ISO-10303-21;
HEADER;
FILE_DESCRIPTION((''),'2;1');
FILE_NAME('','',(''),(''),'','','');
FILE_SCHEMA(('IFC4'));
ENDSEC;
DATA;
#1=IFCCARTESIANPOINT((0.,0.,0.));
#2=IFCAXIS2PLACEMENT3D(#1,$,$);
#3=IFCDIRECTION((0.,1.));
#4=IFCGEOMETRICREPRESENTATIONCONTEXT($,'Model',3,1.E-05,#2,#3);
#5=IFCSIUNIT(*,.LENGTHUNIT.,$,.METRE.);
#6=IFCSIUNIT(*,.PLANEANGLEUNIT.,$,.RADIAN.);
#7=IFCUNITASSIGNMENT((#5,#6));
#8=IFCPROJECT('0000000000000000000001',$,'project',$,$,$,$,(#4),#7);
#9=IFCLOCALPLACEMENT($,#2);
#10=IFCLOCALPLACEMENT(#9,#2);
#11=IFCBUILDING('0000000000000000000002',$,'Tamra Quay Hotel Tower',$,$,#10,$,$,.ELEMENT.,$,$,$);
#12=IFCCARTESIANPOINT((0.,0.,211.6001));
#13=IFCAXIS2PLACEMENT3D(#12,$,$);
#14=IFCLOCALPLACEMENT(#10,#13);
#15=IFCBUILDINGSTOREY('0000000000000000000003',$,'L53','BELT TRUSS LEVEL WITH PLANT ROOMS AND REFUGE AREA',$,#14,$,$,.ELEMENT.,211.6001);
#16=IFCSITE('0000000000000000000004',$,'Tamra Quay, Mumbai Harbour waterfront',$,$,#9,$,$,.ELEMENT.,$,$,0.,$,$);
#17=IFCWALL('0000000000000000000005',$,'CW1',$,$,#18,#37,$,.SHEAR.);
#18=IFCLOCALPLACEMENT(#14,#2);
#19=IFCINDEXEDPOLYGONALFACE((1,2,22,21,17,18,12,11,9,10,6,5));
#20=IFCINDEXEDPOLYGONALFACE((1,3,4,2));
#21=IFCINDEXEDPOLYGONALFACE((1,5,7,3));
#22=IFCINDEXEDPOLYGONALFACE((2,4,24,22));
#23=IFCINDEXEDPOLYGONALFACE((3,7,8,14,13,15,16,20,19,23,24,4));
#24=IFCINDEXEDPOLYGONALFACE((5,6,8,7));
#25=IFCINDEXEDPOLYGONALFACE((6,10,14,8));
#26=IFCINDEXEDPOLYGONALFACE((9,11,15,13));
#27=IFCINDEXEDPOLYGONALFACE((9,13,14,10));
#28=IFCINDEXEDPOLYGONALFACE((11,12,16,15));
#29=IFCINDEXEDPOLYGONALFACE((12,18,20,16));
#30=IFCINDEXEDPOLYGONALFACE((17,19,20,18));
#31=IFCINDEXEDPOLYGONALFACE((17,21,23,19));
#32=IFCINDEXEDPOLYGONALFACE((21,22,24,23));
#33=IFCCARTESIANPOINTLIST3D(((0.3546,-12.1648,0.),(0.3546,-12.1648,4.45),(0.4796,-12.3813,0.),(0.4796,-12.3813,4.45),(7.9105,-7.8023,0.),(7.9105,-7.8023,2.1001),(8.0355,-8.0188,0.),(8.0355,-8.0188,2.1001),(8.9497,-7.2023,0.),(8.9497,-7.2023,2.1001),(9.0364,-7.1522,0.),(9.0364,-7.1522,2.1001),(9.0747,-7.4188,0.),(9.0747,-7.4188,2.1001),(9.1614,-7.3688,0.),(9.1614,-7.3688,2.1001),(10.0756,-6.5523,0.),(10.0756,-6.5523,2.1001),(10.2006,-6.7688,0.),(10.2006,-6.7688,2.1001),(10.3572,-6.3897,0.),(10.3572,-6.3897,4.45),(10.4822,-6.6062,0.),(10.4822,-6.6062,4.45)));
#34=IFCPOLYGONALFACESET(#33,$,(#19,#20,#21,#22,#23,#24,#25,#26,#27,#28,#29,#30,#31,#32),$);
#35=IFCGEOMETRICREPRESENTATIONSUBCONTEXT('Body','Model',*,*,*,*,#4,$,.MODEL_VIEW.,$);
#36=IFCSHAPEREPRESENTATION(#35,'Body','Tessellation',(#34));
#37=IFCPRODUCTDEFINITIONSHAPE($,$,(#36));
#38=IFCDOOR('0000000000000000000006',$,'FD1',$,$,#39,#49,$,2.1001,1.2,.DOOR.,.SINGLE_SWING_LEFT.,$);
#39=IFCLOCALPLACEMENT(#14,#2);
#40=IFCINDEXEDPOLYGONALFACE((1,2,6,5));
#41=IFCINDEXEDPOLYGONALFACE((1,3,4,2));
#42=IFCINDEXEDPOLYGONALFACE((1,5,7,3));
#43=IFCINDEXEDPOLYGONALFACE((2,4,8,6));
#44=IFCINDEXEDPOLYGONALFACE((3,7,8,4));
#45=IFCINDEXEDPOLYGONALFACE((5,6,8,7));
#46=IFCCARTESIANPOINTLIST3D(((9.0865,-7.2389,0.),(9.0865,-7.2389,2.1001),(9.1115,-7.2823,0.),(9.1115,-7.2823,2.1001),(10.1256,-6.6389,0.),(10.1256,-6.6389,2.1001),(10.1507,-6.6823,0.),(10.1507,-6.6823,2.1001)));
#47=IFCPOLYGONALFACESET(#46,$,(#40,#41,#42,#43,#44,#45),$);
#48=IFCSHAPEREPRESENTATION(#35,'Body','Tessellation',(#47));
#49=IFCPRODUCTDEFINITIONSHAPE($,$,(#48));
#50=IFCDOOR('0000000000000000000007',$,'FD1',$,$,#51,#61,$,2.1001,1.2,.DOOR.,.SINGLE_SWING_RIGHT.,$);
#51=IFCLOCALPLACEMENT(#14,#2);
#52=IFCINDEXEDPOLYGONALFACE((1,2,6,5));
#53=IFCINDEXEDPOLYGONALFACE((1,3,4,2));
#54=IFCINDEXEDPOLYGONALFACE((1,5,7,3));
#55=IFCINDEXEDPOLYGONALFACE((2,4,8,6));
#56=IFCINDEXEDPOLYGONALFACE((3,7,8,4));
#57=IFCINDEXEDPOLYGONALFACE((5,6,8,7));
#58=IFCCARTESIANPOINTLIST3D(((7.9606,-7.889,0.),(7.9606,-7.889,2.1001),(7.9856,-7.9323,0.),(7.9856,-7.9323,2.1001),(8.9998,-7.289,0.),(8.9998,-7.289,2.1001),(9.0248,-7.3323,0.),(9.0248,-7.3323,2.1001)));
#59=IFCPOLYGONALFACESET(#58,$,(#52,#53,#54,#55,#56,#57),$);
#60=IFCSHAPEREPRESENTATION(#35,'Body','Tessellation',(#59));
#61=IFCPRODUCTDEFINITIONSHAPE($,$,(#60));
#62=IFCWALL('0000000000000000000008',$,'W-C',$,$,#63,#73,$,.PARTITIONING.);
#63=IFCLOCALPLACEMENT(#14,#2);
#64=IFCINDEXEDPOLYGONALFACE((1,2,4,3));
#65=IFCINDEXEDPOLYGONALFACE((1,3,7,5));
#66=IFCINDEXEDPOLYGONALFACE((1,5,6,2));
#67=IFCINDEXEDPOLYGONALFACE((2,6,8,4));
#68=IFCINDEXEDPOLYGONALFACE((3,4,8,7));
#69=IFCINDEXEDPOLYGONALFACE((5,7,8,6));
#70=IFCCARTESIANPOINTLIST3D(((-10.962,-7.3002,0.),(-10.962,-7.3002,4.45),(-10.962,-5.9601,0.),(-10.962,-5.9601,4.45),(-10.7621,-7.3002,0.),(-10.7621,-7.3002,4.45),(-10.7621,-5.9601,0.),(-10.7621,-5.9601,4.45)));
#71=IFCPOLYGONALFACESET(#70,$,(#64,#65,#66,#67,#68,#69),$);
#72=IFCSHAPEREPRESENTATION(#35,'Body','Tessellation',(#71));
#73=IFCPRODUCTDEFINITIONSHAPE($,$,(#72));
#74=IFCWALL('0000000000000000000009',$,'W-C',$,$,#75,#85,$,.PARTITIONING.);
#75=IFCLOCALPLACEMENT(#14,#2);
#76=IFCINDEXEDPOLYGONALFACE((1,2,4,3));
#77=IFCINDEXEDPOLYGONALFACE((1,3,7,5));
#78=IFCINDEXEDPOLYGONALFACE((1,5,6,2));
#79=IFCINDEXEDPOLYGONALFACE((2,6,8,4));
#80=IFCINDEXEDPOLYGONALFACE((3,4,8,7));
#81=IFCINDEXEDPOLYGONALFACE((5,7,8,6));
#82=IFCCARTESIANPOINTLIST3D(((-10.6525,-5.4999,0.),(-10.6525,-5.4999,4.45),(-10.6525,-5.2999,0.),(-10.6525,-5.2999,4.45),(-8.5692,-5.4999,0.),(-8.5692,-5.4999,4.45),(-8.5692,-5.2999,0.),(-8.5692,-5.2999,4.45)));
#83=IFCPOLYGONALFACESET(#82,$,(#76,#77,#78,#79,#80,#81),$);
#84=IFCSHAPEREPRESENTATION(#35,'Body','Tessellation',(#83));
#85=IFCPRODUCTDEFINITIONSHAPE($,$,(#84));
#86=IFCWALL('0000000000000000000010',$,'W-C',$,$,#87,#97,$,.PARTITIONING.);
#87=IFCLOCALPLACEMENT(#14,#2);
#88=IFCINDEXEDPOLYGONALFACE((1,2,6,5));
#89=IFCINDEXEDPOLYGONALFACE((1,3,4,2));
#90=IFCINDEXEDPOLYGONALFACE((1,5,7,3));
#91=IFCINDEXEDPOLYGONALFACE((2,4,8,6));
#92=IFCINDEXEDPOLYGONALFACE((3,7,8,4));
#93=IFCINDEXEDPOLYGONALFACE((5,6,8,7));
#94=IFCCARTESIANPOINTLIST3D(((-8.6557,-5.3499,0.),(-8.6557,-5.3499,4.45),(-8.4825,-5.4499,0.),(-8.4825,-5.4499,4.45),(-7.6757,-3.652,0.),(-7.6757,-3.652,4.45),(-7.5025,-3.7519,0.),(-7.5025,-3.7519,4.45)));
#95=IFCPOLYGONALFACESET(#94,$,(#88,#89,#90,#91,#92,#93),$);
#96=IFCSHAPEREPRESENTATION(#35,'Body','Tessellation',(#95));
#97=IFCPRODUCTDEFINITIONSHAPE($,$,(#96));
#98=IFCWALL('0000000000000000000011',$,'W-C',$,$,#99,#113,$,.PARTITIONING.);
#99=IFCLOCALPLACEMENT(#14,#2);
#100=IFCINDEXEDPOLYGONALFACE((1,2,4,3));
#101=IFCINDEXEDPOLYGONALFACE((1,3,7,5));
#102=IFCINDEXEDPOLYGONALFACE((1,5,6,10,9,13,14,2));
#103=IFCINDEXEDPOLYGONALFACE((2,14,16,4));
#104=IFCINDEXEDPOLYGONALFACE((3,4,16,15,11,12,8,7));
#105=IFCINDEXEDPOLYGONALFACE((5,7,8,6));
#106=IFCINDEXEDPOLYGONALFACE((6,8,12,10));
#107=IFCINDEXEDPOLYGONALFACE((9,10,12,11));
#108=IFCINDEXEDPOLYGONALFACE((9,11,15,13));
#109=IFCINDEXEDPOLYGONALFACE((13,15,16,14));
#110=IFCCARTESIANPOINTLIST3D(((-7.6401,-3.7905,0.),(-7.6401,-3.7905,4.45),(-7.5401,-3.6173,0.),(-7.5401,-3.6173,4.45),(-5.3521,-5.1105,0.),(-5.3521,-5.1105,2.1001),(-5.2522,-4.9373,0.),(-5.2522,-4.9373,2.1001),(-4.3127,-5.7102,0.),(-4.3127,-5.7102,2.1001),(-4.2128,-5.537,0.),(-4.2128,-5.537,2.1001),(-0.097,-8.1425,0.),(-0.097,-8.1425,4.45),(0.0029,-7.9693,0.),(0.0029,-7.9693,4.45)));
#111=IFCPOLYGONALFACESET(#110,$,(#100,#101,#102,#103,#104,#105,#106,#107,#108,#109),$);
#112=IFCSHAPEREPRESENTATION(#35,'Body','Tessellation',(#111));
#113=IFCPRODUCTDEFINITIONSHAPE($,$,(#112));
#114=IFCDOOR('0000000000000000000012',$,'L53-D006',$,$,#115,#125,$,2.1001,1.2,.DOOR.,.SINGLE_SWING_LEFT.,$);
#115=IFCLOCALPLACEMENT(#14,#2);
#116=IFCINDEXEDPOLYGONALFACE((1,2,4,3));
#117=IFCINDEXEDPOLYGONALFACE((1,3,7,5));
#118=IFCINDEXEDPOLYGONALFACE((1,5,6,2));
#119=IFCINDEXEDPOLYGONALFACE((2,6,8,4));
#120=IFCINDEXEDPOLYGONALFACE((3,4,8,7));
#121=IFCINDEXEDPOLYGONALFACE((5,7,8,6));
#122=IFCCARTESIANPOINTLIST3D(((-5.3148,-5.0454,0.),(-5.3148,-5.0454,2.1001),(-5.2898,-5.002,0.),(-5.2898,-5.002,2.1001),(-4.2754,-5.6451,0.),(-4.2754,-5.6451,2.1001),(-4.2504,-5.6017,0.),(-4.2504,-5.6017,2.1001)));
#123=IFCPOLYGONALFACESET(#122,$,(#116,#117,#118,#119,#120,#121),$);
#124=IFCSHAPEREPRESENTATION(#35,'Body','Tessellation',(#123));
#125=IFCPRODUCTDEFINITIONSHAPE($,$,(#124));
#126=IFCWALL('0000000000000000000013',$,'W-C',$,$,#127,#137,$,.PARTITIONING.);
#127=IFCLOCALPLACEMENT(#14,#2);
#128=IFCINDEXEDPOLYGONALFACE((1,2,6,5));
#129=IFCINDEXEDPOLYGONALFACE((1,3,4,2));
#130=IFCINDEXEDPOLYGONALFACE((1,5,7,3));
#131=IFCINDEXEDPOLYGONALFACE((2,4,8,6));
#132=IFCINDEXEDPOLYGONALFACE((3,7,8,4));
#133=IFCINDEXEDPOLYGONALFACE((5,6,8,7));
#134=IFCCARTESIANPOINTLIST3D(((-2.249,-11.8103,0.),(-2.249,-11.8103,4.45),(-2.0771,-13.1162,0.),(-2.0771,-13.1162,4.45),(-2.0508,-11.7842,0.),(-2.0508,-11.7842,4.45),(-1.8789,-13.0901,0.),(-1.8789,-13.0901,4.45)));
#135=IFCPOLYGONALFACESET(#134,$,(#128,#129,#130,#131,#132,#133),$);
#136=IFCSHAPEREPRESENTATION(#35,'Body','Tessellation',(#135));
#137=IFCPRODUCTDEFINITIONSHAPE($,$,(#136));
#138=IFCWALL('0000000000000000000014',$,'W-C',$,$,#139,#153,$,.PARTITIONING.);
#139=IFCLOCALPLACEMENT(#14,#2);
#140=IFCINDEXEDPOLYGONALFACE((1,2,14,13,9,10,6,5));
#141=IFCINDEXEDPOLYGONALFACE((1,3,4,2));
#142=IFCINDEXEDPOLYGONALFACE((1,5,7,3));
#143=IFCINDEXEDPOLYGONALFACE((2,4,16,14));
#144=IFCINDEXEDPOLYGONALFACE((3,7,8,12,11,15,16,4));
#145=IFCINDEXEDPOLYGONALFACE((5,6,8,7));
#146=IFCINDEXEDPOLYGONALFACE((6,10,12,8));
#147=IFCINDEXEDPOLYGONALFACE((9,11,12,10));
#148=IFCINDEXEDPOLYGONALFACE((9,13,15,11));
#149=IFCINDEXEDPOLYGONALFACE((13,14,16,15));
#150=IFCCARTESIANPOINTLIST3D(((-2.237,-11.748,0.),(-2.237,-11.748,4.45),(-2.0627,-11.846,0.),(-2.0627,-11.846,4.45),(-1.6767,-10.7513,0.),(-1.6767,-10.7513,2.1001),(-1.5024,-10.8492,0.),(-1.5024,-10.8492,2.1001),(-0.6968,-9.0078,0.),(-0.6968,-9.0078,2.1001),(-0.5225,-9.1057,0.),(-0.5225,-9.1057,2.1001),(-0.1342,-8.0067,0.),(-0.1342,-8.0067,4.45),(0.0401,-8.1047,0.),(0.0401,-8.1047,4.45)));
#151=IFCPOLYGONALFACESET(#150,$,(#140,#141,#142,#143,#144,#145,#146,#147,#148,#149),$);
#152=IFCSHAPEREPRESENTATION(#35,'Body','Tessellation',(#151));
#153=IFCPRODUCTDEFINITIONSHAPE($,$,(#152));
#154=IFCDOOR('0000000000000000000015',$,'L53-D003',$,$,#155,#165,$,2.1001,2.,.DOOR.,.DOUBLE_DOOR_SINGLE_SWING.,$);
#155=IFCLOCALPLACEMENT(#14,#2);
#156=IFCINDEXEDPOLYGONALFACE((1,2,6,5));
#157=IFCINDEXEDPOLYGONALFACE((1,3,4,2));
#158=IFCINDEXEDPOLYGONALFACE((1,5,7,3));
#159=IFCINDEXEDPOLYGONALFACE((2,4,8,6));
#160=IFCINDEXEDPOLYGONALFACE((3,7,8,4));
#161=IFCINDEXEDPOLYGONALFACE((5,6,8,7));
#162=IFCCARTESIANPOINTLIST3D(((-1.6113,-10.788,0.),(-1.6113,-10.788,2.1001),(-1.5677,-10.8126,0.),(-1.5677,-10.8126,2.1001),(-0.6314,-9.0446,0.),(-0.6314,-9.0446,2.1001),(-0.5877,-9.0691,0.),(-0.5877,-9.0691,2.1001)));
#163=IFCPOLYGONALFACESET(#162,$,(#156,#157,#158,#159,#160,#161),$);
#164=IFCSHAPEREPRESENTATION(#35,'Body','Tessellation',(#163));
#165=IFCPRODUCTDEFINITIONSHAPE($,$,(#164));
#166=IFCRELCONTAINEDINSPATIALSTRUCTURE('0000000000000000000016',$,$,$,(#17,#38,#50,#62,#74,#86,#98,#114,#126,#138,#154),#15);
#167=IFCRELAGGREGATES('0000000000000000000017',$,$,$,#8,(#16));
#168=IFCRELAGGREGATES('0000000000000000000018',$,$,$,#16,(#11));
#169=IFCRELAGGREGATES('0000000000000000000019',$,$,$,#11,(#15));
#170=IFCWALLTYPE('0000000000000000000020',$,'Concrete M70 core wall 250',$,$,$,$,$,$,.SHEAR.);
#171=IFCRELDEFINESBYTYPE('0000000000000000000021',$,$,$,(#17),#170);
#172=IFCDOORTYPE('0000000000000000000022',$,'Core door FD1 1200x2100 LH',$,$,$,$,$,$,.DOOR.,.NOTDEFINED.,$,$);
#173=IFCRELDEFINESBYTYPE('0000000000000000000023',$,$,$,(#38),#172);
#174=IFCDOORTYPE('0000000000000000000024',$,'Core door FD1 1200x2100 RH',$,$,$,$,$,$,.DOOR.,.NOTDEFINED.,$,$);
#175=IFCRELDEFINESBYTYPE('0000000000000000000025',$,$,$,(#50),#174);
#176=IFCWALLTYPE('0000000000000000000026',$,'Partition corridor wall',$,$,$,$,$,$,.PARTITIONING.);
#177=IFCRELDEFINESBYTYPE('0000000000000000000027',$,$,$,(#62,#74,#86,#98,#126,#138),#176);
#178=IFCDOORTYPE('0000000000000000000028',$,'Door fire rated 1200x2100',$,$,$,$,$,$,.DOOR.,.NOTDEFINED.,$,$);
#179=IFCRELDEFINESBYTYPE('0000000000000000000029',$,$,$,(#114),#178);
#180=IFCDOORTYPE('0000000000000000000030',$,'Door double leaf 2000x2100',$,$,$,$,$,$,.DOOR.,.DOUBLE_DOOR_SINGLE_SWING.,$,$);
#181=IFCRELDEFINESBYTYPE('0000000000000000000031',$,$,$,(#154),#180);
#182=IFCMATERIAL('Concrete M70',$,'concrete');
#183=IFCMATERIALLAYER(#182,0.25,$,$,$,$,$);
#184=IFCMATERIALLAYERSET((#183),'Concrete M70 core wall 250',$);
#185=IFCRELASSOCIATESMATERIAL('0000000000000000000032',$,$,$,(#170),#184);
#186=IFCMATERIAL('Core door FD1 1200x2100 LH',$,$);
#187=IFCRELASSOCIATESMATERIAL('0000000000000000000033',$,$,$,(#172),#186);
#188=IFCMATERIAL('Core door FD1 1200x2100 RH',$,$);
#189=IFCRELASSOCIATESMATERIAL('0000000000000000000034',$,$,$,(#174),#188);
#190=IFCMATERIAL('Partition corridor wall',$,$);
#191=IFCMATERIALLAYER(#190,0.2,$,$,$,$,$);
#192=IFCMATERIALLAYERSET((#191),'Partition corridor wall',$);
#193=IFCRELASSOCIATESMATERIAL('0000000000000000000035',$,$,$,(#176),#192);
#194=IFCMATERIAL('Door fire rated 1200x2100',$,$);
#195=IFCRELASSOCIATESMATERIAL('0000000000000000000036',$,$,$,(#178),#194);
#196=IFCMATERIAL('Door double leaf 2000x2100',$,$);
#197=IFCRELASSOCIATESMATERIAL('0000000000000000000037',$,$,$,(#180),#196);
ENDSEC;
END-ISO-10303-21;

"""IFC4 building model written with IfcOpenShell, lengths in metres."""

from ifc_helpers import new_model, si_unit, direction, frame, frame_2d, origin, place, context, subcontext, project, spatial, rectangle, extrude, material, layer, layer_set, type_object, element, fill, save


model = new_model("IFC4")

# Units and contexts
model_context = context("Model", 3, precision=1e-05, world=origin(), true_north=direction((0.0, 1.0)))
body_context = subcontext(model_context, "Body", "Model", "MODEL_VIEW")
ifc_project = project(units=[si_unit("LENGTHUNIT", "METRE"), si_unit("PLANEANGLEUNIT", "RADIAN")], contexts=[model_context])

# Site, building, storey
site_placement = place(None, origin())
site = spatial("IfcSite", under=ifc_project, at=site_placement, Name="Tamra Quay, Mumbai Harbour waterfront", CompositionType="ELEMENT", RefElevation=0.0)
building_placement = place(site_placement, origin())
building = spatial("IfcBuilding", under=site, at=building_placement, Name="Tamra Quay Hotel Tower", CompositionType="ELEMENT")
storey_placement = place(building_placement, frame((0.0, 0.0, 211.6001)))
storey = spatial("IfcBuildingStorey", under=building, at=storey_placement, Name="L53", Description="BELT TRUSS LEVEL WITH PLANT ROOMS AND REFUGE AREA", CompositionType="ELEMENT", Elevation=211.6001)

# Wall, openings, doors
ifc_material_1 = material(Name="Concrete M70", Category="concrete")
ifc_layer_1 = layer(ifc_material_1, 0.25)
ifc_layer_set_1 = layer_set([ifc_layer_1], Name="Concrete M70 core wall 250")
wall_type_1 = type_object("IfcWallType", Name="Concrete M70 core wall 250", PredefinedType="SHEAR", material=ifc_layer_set_1)
wall_1_placement = place(storey_placement, frame((0.4172, -12.2729, 0.0), z_axis=(0.0, 0.0, 1.0), x_axis=(0.866022, 0.500006, 0.0)))
wall_1 = element("IfcWall", 1, at=wall_1_placement, inside=storey, type_object=wall_type_1, Name="CW1", PredefinedType="SHEAR", context=body_context, shape_type="SweptSolid", body=[
    extrude(rectangle(XDim=11.55, YDim=0.25, at=frame_2d((5.7749, 0.0))), origin(), (0.0, 0.0, 1.0), 4.45),
])
opening_1_placement = place(wall_1_placement, frame((10.0247, 0.0, 0.0)))
opening_1 = element("IfcOpeningElement", 2, at=opening_1_placement, cuts=wall_1, PredefinedType="OPENING", context=body_context, shape_type="SweptSolid", body=[
    extrude(rectangle(XDim=1.2, YDim=2.1001, at=frame_2d((0.6001, 1.05))), frame((0.0, 0.135, 0.0), z_axis=(0.0, -1.0, 0.0), x_axis=(1.0, 0.0, 0.0)), (0.0, 0.0, 1.0), 0.27),
])
opening_2_placement = place(wall_1_placement, frame((8.7246, 0.0, 0.0)))
opening_2 = element("IfcOpeningElement", 3, at=opening_2_placement, cuts=wall_1, PredefinedType="OPENING", context=body_context, shape_type="SweptSolid", body=[
    extrude(rectangle(XDim=1.2, YDim=2.1001, at=frame_2d((0.6001, 1.05))), frame((0.0, 0.135, 0.0), z_axis=(0.0, -1.0, 0.0), x_axis=(1.0, 0.0, 0.0)), (0.0, 0.0, 1.0), 0.27),
])
ifc_material_2 = material(Name="Core door FD1 1200x2100 LH")
door_type_1 = type_object("IfcDoorType", Name="Core door FD1 1200x2100 LH", OperationType="NOTDEFINED", PredefinedType="DOOR", material=ifc_material_2)
door_1_placement = place(opening_1_placement, origin())
door_1 = element("IfcDoor", 4, at=door_1_placement, inside=storey, type_object=door_type_1, Name="FD1", OperationType="SINGLE_SWING_LEFT", OverallHeight=2.1001, OverallWidth=1.2, PredefinedType="DOOR", context=body_context, shape_type="SweptSolid", body=[
    extrude(rectangle(XDim=1.2, YDim=2.1001, at=frame_2d((0.6001, 1.05))), frame((0.0, 0.0249, 0.0), z_axis=(0.0, -1.0, 0.0), x_axis=(1.0, 0.0, 0.0)), (0.0, 0.0, 1.0), 0.05),
])
fill(opening_1, door_1)
ifc_material_3 = material(Name="Core door FD1 1200x2100 RH")
door_type_2 = type_object("IfcDoorType", Name="Core door FD1 1200x2100 RH", OperationType="NOTDEFINED", PredefinedType="DOOR", material=ifc_material_3)
door_2_placement = place(opening_2_placement, origin())
door_2 = element("IfcDoor", 5, at=door_2_placement, inside=storey, type_object=door_type_2, Name="FD1", OperationType="SINGLE_SWING_RIGHT", OverallHeight=2.1001, OverallWidth=1.2, PredefinedType="DOOR", context=body_context, shape_type="SweptSolid", body=[
    extrude(rectangle(XDim=1.2, YDim=2.1001, at=frame_2d((0.6001, 1.05))), frame((0.0, 0.0249, 0.0), z_axis=(0.0, -1.0, 0.0), x_axis=(1.0, 0.0, 0.0)), (0.0, 0.0, 1.0), 0.05),
])
fill(opening_2, door_2)

# Walls
ifc_material_4 = material(Name="Partition corridor wall")
ifc_layer_2 = layer(ifc_material_4, 0.2)
ifc_layer_set_2 = layer_set([ifc_layer_2], Name="Partition corridor wall")
wall_type_2 = type_object("IfcWallType", Name="Partition corridor wall", PredefinedType="PARTITIONING", material=ifc_layer_set_2)
wall_2_placement = place(storey_placement, frame((-10.8621, -7.3, 0.0), z_axis=(0.0, 0.0, 1.0), x_axis=(0.0, 1.0, 0.0)))
element("IfcWall", 6, at=wall_2_placement, inside=storey, type_object=wall_type_2, Name="W-C", PredefinedType="PARTITIONING", context=body_context, shape_type="SweptSolid", body=[
    extrude(rectangle(XDim=1.3401, YDim=0.2, at=frame_2d((0.6699, 0.0))), origin(), (0.0, 0.0, 1.0), 4.45),
])
wall_3_placement = place(storey_placement, frame((-10.6523, -5.3999, 0.0), z_axis=(0.0, 0.0, 1.0), x_axis=(1.0, 0.0, 0.0)))
element("IfcWall", 7, at=wall_3_placement, inside=storey, type_object=wall_type_2, Name="W-C", PredefinedType="PARTITIONING", context=body_context, shape_type="SweptSolid", body=[
    extrude(rectangle(XDim=2.0833, YDim=0.2, at=frame_2d((1.0415, 0.0))), origin(), (0.0, 0.0, 1.0), 4.45),
])
wall_4_placement = place(storey_placement, frame((-8.5691, -5.3999, 0.0), z_axis=(0.0, 0.0, 1.0), x_axis=(0.499863, 0.866105, 0.0)))
element("IfcWall", 8, at=wall_4_placement, inside=storey, type_object=wall_type_2, Name="W-C", PredefinedType="PARTITIONING", context=body_context, shape_type="SweptSolid", body=[
    extrude(rectangle(XDim=1.9604, YDim=0.2, at=frame_2d((0.9802, 0.0))), origin(), (0.0, 0.0, 1.0), 4.45),
])

# Wall, opening, door
wall_5_placement = place(storey_placement, frame((-7.5901, -3.7039, 0.0), z_axis=(0.0, 0.0, 1.0), x_axis=(0.866169, -0.499752, 0.0)))
wall_5 = element("IfcWall", 9, at=wall_5_placement, inside=storey, type_object=wall_type_2, Name="W-C", PredefinedType="PARTITIONING", context=body_context, shape_type="SweptSolid", body=[
    extrude(rectangle(XDim=8.7085, YDim=0.2, at=frame_2d((4.3542, 0.0))), origin(), (0.0, 0.0, 1.0), 4.45),
])
opening_3_placement = place(wall_5_placement, frame((2.6414, 0.0, 0.0)))
opening_3 = element("IfcOpeningElement", 10, at=opening_3_placement, cuts=wall_5, PredefinedType="OPENING", context=body_context, shape_type="SweptSolid", body=[
    extrude(rectangle(XDim=1.2, YDim=2.1001, at=frame_2d((0.6001, 1.05))), frame((0.0, 0.1099, 0.0), z_axis=(0.0, -1.0, 0.0), x_axis=(1.0, 0.0, 0.0)), (0.0, 0.0, 1.0), 0.22),
])
ifc_material_5 = material(Name="Door fire rated 1200x2100")
door_type_3 = type_object("IfcDoorType", Name="Door fire rated 1200x2100", OperationType="NOTDEFINED", PredefinedType="DOOR", material=ifc_material_5)
door_3_placement = place(opening_3_placement, frame((1.2, 0.0, 0.0), z_axis=(0.0, 0.0, 1.0), x_axis=(-1.0, 0.0, 0.0)))
door_3 = element("IfcDoor", 11, at=door_3_placement, inside=storey, type_object=door_type_3, Name="L53-D006", OperationType="SINGLE_SWING_LEFT", OverallHeight=2.1001, OverallWidth=1.2, PredefinedType="DOOR", context=body_context, shape_type="SweptSolid", body=[
    extrude(rectangle(XDim=1.2, YDim=2.1001, at=frame_2d((0.6001, 1.05))), frame((0.0, 0.0249, 0.0), z_axis=(0.0, -1.0, 0.0), x_axis=(1.0, 0.0, 0.0)), (0.0, 0.0, 1.0), 0.05),
])
fill(opening_3, door_3)

# Wall
wall_6_placement = place(storey_placement, frame((-2.1499, -11.7971, 0.0), z_axis=(0.0, 0.0, 1.0), x_axis=(0.130488, -0.99145, 0.0)))
element("IfcWall", 12, at=wall_6_placement, inside=storey, type_object=wall_type_2, Name="W-C", PredefinedType="PARTITIONING", context=body_context, shape_type="SweptSolid", body=[
    extrude(rectangle(XDim=1.3171, YDim=0.2, at=frame_2d((0.6587, 0.0))), origin(), (0.0, 0.0, 1.0), 4.45),
])

# Wall, opening, door
wall_7_placement = place(storey_placement, frame((-2.1499, -11.7971, 0.0), z_axis=(0.0, 0.0, 1.0), x_axis=(0.48997, 0.87174, 0.0)))
wall_7 = element("IfcWall", 13, at=wall_7_placement, inside=storey, type_object=wall_type_2, Name="W-C", PredefinedType="PARTITIONING", context=body_context, shape_type="SweptSolid", body=[
    extrude(rectangle(XDim=4.2917, YDim=0.2, at=frame_2d((2.146, 0.0))), origin(), (0.0, 0.0, 1.0), 4.45),
])
opening_4_placement = place(wall_7_placement, frame((1.1436, 0.0, 0.0)))
opening_4 = element("IfcOpeningElement", 14, at=opening_4_placement, cuts=wall_7, PredefinedType="OPENING", context=body_context, shape_type="SweptSolid", body=[
    extrude(rectangle(XDim=2.0, YDim=2.1001, at=frame_2d((1.0, 1.05))), frame((0.0, 0.1099, 0.0), z_axis=(0.0, -1.0, 0.0), x_axis=(1.0, 0.0, 0.0)), (0.0, 0.0, 1.0), 0.22),
])
ifc_material_6 = material(Name="Door double leaf 2000x2100")
door_type_4 = type_object("IfcDoorType", Name="Door double leaf 2000x2100", OperationType="DOUBLE_DOOR_SINGLE_SWING", PredefinedType="DOOR", material=ifc_material_6)
door_4_placement = place(opening_4_placement, origin())
door_4 = element("IfcDoor", 15, at=door_4_placement, inside=storey, type_object=door_type_4, Name="L53-D003", OperationType="DOUBLE_DOOR_SINGLE_SWING", OverallHeight=2.1001, OverallWidth=2.0, PredefinedType="DOOR", context=body_context, shape_type="SweptSolid", body=[
    extrude(rectangle(XDim=2.0, YDim=2.1001, at=frame_2d((1.0, 1.05))), frame((0.0, 0.0249, 0.0), z_axis=(0.0, -1.0, 0.0), x_axis=(1.0, 0.0, 0.0)), (0.0, 0.0, 1.0), 0.05),
])
fill(opening_4, door_4)

save(model, "model.ifc")
